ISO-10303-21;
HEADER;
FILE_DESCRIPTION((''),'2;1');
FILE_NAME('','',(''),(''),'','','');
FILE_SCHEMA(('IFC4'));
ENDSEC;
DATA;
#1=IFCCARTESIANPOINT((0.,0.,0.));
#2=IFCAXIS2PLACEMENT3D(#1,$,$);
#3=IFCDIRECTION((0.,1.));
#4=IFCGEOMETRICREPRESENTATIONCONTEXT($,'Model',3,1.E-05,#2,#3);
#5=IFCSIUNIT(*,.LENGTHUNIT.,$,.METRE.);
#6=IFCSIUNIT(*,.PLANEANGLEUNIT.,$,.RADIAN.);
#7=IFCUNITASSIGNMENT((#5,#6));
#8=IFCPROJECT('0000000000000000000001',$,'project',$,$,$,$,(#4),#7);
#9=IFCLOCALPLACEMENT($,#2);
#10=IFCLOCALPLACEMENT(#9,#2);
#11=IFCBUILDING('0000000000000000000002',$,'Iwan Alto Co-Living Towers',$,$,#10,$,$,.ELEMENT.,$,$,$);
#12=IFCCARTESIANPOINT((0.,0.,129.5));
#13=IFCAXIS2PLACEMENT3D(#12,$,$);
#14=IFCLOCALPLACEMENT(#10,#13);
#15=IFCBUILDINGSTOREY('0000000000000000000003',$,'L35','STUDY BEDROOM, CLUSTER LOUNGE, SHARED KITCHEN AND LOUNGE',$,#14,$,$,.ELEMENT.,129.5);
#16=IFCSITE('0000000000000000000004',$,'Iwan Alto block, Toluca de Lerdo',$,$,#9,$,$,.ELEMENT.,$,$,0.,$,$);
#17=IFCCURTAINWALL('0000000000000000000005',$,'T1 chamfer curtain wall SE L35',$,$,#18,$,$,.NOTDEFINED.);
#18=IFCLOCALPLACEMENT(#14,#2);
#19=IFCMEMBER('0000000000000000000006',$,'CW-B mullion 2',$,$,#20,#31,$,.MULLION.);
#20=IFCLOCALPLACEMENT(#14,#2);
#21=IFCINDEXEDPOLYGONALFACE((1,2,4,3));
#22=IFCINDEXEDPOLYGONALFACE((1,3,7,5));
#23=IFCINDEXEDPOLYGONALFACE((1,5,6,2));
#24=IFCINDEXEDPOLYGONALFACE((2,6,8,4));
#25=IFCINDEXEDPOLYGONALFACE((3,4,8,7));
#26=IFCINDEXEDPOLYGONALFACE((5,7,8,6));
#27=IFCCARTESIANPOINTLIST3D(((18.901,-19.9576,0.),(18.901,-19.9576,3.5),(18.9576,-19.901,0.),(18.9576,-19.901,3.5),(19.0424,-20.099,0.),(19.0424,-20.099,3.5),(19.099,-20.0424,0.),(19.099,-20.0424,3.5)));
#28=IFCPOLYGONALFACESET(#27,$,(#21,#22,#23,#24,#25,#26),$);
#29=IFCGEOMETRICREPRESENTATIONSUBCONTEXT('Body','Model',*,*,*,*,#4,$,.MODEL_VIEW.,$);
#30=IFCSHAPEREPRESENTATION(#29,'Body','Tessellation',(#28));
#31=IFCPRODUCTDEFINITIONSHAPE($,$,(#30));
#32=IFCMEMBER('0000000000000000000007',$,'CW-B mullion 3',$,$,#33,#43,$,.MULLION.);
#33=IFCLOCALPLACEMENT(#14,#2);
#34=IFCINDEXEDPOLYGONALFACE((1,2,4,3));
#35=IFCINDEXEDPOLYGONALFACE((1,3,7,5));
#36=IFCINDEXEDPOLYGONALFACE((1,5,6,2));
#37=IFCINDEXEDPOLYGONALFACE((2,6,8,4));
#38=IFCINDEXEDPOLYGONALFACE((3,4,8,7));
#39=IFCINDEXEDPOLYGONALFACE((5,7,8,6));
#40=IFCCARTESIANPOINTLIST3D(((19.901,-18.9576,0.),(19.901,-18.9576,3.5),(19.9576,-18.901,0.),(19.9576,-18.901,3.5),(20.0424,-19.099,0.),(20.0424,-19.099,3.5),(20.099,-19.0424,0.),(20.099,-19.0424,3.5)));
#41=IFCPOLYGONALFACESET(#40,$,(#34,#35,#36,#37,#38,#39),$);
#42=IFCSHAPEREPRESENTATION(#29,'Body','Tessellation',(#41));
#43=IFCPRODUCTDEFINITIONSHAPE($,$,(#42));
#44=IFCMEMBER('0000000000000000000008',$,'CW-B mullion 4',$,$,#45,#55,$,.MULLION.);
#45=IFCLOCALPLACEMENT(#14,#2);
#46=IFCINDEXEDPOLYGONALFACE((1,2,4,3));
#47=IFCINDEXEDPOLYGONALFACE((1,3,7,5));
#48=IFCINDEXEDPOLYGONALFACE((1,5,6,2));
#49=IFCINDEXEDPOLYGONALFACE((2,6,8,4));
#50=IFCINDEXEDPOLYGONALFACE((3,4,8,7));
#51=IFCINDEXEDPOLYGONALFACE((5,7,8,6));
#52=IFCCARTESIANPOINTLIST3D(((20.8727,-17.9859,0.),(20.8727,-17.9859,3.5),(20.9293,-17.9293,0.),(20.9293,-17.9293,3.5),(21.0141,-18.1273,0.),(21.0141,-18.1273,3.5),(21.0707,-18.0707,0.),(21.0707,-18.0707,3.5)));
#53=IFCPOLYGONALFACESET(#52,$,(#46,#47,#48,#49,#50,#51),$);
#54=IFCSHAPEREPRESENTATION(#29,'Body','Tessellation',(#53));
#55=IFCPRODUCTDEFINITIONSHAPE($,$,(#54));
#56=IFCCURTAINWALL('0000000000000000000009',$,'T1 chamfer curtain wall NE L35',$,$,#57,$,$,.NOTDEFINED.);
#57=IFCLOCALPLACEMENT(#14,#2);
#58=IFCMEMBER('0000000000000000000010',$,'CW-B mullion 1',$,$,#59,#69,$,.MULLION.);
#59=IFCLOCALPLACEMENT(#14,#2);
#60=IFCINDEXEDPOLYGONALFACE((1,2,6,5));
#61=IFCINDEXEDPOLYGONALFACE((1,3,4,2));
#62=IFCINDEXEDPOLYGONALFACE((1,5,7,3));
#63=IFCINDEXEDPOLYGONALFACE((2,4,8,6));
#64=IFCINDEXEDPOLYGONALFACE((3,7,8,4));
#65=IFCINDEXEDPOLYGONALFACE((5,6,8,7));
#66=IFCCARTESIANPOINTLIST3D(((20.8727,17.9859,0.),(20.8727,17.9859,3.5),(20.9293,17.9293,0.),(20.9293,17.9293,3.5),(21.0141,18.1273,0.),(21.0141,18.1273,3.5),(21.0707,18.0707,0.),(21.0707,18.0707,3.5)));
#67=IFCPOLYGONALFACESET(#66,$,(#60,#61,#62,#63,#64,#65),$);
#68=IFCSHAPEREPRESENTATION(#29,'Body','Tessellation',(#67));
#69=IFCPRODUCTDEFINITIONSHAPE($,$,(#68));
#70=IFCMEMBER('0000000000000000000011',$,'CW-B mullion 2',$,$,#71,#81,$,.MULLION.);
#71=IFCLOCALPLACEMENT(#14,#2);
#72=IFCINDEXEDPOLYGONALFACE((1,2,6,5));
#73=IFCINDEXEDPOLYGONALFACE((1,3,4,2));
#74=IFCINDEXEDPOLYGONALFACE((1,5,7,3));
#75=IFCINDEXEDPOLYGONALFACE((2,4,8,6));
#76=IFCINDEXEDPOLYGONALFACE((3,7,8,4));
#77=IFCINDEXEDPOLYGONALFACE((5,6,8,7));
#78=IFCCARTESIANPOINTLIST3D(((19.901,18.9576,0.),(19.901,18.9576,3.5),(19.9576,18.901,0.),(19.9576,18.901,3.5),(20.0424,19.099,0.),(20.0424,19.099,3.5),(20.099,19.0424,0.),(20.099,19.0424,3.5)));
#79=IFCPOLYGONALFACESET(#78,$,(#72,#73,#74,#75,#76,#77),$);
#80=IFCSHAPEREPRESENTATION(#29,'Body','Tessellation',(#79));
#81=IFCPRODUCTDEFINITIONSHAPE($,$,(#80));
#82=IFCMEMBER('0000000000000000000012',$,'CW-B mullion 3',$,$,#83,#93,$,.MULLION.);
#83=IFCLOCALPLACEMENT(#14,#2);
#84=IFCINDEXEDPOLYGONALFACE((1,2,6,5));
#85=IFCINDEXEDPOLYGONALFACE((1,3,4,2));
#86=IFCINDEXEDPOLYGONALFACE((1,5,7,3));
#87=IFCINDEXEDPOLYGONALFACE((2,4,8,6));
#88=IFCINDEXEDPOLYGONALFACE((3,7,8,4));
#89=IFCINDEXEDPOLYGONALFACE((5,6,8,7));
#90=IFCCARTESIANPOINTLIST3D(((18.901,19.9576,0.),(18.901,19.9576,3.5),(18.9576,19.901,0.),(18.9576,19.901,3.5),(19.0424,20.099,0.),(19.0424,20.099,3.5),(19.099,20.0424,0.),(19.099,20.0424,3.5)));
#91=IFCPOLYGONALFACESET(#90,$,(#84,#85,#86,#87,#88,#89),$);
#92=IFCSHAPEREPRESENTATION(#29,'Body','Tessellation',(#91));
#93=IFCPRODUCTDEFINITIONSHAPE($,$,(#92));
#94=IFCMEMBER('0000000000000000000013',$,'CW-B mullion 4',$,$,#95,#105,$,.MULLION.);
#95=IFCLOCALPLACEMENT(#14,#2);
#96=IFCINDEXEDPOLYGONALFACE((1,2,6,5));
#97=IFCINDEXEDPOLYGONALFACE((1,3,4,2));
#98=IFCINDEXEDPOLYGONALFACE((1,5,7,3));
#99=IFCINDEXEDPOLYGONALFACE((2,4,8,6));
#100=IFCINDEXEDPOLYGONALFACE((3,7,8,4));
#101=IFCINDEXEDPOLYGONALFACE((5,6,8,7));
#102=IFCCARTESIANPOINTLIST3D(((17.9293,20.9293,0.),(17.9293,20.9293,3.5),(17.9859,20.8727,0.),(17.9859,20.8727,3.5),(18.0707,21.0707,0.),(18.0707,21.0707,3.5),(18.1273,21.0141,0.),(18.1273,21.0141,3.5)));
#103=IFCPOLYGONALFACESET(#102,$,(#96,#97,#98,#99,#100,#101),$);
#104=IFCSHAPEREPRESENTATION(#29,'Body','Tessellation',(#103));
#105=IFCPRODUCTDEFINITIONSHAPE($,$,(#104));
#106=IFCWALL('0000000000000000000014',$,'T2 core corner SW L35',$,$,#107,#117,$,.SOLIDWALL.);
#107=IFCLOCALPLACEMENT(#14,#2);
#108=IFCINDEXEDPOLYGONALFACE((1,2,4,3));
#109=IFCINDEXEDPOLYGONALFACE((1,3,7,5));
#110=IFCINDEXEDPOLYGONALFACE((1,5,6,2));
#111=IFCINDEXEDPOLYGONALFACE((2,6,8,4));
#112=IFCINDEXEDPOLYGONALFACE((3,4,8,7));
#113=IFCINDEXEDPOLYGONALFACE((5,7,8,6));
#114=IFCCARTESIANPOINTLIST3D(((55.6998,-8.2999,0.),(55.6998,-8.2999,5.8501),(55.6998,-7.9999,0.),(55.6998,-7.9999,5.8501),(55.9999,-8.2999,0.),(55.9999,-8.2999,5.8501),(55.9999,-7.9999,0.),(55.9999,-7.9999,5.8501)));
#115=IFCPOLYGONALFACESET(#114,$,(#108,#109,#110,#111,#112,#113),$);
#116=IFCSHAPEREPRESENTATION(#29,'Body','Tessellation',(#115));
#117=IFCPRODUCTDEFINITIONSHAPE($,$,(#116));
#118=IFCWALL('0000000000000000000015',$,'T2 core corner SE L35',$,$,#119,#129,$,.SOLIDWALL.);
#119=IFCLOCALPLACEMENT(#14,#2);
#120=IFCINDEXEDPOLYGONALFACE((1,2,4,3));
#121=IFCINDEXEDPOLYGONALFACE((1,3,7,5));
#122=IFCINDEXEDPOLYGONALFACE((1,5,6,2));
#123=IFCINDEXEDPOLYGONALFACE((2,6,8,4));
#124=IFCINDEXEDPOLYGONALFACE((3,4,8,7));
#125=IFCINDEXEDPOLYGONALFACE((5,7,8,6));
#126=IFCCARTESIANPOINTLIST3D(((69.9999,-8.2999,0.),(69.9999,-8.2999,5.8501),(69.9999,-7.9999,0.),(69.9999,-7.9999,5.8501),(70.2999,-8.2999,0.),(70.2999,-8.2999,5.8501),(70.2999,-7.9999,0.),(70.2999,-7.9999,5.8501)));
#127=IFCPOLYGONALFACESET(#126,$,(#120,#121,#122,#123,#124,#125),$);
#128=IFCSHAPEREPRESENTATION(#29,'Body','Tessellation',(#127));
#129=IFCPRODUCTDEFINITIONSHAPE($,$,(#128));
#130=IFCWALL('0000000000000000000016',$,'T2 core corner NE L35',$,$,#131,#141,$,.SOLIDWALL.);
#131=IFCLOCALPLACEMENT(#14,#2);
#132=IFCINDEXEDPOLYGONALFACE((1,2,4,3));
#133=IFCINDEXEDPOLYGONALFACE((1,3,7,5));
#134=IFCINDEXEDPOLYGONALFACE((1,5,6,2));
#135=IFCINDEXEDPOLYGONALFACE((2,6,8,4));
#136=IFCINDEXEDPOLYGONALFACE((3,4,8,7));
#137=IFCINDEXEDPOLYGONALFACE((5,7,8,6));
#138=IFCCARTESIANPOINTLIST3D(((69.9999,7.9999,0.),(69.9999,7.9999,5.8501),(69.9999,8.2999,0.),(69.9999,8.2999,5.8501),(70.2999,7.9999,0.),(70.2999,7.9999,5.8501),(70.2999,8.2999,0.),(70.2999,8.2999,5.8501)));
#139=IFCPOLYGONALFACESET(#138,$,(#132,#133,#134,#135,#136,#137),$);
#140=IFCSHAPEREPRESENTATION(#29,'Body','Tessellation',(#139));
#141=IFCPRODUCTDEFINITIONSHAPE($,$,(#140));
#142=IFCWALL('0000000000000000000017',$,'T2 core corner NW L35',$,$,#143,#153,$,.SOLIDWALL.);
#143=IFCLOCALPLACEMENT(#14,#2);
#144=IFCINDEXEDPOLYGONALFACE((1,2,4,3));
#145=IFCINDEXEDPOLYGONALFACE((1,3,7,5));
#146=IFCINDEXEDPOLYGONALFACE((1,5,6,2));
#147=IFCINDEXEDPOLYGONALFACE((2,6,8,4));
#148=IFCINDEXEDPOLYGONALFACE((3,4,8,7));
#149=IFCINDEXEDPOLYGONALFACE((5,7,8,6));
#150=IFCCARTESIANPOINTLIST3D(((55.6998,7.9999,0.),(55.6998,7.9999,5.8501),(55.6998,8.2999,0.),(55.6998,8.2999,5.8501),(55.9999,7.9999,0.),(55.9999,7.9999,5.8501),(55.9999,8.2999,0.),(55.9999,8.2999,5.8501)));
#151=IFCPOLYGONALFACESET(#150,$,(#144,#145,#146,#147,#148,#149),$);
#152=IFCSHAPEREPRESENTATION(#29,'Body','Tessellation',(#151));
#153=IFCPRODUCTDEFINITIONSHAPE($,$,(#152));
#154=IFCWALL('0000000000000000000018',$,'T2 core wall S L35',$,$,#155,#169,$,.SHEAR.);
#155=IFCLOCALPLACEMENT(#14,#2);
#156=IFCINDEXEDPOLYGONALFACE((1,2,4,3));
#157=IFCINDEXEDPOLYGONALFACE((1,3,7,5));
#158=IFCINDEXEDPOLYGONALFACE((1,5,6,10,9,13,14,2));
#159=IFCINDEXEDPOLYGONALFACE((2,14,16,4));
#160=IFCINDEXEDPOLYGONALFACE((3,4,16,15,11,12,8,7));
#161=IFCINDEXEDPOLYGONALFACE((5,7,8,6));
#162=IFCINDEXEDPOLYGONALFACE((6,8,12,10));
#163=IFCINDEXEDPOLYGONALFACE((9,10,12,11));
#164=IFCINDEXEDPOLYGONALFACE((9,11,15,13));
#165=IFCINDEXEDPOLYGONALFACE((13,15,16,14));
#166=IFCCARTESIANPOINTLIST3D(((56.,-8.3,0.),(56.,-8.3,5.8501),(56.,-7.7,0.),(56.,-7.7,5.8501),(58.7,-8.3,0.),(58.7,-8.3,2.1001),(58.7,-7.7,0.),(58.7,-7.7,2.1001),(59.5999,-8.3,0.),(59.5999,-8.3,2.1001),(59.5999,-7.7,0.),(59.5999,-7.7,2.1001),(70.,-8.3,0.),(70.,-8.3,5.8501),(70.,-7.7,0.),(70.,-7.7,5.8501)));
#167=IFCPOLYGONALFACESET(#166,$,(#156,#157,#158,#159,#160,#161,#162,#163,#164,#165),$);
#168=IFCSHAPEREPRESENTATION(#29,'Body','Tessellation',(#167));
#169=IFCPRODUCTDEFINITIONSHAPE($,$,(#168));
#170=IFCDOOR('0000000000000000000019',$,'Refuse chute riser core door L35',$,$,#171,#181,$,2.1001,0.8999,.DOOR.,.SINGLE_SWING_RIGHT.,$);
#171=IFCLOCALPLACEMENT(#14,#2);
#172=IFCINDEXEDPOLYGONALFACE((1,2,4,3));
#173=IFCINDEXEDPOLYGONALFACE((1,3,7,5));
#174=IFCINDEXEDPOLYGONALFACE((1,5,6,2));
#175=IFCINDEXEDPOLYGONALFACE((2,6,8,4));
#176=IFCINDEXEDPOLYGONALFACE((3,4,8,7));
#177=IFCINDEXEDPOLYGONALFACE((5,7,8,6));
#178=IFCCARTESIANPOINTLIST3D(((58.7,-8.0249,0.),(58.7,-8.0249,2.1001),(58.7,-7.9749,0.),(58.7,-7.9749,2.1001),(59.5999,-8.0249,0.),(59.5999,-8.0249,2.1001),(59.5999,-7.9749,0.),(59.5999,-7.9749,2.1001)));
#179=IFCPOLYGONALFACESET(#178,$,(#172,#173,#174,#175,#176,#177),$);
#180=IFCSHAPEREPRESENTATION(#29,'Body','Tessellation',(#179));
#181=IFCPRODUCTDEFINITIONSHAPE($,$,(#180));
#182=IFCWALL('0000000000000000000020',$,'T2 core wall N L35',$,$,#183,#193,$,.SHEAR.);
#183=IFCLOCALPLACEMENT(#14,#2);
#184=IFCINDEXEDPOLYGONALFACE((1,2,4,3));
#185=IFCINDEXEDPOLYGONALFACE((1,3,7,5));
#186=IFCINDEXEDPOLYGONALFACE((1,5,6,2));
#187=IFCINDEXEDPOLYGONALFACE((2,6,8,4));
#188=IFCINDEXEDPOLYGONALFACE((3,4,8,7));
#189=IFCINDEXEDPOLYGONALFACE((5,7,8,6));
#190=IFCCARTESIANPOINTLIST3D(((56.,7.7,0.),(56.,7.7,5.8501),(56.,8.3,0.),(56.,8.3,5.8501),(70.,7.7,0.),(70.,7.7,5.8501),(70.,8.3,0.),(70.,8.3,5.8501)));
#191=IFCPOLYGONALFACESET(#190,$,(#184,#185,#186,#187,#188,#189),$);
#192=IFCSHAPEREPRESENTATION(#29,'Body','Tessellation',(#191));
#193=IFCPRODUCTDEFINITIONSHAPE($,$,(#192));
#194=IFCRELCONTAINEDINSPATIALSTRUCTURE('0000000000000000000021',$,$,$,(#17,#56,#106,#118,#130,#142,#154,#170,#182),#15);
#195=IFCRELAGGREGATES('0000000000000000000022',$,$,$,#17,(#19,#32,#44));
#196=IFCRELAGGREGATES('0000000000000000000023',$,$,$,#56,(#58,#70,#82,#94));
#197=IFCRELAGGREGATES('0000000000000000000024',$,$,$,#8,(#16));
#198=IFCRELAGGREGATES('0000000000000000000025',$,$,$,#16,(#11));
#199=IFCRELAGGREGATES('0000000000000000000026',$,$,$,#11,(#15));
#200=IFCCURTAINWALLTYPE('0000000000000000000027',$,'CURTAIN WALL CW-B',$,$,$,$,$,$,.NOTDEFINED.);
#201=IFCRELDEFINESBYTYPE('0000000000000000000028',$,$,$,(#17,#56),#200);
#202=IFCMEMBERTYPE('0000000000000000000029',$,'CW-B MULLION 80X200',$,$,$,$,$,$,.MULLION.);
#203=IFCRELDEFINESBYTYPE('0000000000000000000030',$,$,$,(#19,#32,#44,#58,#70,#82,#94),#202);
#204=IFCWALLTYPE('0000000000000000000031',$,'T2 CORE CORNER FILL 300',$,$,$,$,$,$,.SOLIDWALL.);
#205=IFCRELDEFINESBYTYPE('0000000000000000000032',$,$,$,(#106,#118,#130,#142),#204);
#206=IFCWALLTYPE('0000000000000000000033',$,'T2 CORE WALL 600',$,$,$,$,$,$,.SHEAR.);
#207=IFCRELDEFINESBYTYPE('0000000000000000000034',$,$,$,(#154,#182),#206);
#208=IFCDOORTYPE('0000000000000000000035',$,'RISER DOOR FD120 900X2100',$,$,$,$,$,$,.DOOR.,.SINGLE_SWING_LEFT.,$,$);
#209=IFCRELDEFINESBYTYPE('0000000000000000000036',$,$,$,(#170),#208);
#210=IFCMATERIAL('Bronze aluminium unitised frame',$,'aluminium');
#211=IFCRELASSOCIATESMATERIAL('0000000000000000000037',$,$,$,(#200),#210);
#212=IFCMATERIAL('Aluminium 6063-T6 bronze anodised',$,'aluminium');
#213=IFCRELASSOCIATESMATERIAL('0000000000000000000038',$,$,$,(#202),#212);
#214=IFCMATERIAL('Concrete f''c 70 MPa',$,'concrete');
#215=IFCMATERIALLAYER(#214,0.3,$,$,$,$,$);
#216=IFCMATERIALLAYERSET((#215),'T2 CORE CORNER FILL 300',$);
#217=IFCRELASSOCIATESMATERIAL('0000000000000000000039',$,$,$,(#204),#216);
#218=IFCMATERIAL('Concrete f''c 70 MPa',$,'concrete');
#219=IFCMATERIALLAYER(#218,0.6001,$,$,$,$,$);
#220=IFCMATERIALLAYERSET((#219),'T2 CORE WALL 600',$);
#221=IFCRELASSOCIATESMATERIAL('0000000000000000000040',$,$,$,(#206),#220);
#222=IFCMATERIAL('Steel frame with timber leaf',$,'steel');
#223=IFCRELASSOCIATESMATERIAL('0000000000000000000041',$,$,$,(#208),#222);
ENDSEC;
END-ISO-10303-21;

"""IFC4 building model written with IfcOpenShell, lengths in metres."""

from ifc_helpers import new_model, si_unit, direction, frame, frame_2d, origin, origin_2d, place, context, subcontext, project, spatial, rectangle, extrude, material, layer, layer_set, material_profile, profile_set, type_object, element, fill, aggregate, save


model = new_model("IFC4")

# Units and contexts
model_context = context("Model", 3, precision=1e-05, world=origin(), true_north=direction((0.0, 1.0)))
body_context = subcontext(model_context, "Body", "Model", "MODEL_VIEW")
ifc_project = project(units=[si_unit("LENGTHUNIT", "METRE"), si_unit("PLANEANGLEUNIT", "RADIAN")], contexts=[model_context])

# Site, building, storey
site_placement = place(None, origin())
site = spatial("IfcSite", under=ifc_project, at=site_placement, Name="Iwan Alto block, Toluca de Lerdo", CompositionType="ELEMENT", RefElevation=0.0)
building_placement = place(site_placement, origin())
building = spatial("IfcBuilding", under=site, at=building_placement, Name="Iwan Alto Co-Living Towers", CompositionType="ELEMENT")
storey_placement = place(building_placement, frame((0.0, 0.0, 129.5)))
storey = spatial("IfcBuildingStorey", under=building, at=storey_placement, Name="L35", Description="STUDY BEDROOM, CLUSTER LOUNGE, SHARED KITCHEN AND LOUNGE", CompositionType="ELEMENT", Elevation=129.5)

# Curtain walls, members
ifc_material_1 = material(Name="Bronze aluminium unitised frame", Category="aluminium")
curtain_wall_type_1 = type_object("IfcCurtainWallType", Name="CURTAIN WALL CW-B", PredefinedType="NOTDEFINED", material=ifc_material_1)
curtain_wall_1_placement = place(storey_placement, origin())
curtain_wall_1 = element("IfcCurtainWall", 1, at=curtain_wall_1_placement, inside=storey, type_object=curtain_wall_type_1, Name="T1 chamfer curtain wall SE L35", PredefinedType="NOTDEFINED")
ifc_material_2 = material(Name="Aluminium 6063-T6 bronze anodised", Category="aluminium")
ifc_material_profile_1 = material_profile(ifc_material_2, rectangle(XDim=0.2, YDim=0.0801, at=origin_2d()), Name="AL 80X200")
ifc_profile_set_1 = profile_set([ifc_material_profile_1], Name="Aluminium 6063-T6 bronze anodised")
member_type_1 = type_object("IfcMemberType", Name="CW-B MULLION 80X200", PredefinedType="MULLION", material=ifc_profile_set_1)
member_1_placement = place(storey_placement, frame((19.0, -20.0, 0.0), z_axis=(0.0, 0.0, 1.0), x_axis=(-0.707107, 0.707107, 0.0)))
member_1 = element("IfcMember", 2, at=member_1_placement, type_object=member_type_1, Name="CW-B mullion 2", PredefinedType="MULLION", context=body_context, shape_type="SweptSolid", body=[
    extrude(rectangle(XDim=0.2, YDim=0.0801, at=origin_2d()), origin(), (0.0, 0.0, 1.0), 3.5),
])
member_2_placement = place(storey_placement, frame((20.0, -19.0, 0.0), z_axis=(0.0, 0.0, 1.0), x_axis=(-0.707107, 0.707107, 0.0)))
member_2 = element("IfcMember", 3, at=member_2_placement, type_object=member_type_1, Name="CW-B mullion 3", PredefinedType="MULLION", context=body_context, shape_type="SweptSolid", body=[
    extrude(rectangle(XDim=0.2, YDim=0.0801, at=origin_2d()), origin(), (0.0, 0.0, 1.0), 3.5),
])
member_3_placement = place(storey_placement, frame((20.9717, -18.0283, 0.0), z_axis=(0.0, 0.0, 1.0), x_axis=(-0.707107, 0.707107, 0.0)))
member_3 = element("IfcMember", 4, at=member_3_placement, type_object=member_type_1, Name="CW-B mullion 4", PredefinedType="MULLION", context=body_context, shape_type="SweptSolid", body=[
    extrude(rectangle(XDim=0.2, YDim=0.0801, at=origin_2d()), origin(), (0.0, 0.0, 1.0), 3.5),
])
aggregate(curtain_wall_1, [member_1, member_2, member_3])
curtain_wall_2_placement = place(storey_placement, origin())
curtain_wall_2 = element("IfcCurtainWall", 5, at=curtain_wall_2_placement, inside=storey, type_object=curtain_wall_type_1, Name="T1 chamfer curtain wall NE L35", PredefinedType="NOTDEFINED")
member_4_placement = place(storey_placement, frame((20.9717, 18.0283, 0.0), z_axis=(0.0, 0.0, 1.0), x_axis=(-0.707107, -0.707107, 0.0)))
member_4 = element("IfcMember", 6, at=member_4_placement, type_object=member_type_1, Name="CW-B mullion 1", PredefinedType="MULLION", context=body_context, shape_type="SweptSolid", body=[
    extrude(rectangle(XDim=0.2, YDim=0.0801, at=origin_2d()), origin(), (0.0, 0.0, 1.0), 3.5),
])
member_5_placement = place(storey_placement, frame((20.0, 19.0, 0.0), z_axis=(0.0, 0.0, 1.0), x_axis=(-0.707107, -0.707107, 0.0)))
member_5 = element("IfcMember", 7, at=member_5_placement, type_object=member_type_1, Name="CW-B mullion 2", PredefinedType="MULLION", context=body_context, shape_type="SweptSolid", body=[
    extrude(rectangle(XDim=0.2, YDim=0.0801, at=origin_2d()), origin(), (0.0, 0.0, 1.0), 3.5),
])
member_6_placement = place(storey_placement, frame((19.0, 20.0, 0.0), z_axis=(0.0, 0.0, 1.0), x_axis=(-0.707107, -0.707107, 0.0)))
member_6 = element("IfcMember", 8, at=member_6_placement, type_object=member_type_1, Name="CW-B mullion 3", PredefinedType="MULLION", context=body_context, shape_type="SweptSolid", body=[
    extrude(rectangle(XDim=0.2, YDim=0.0801, at=origin_2d()), origin(), (0.0, 0.0, 1.0), 3.5),
])
member_7_placement = place(storey_placement, frame((18.0283, 20.9717, 0.0), z_axis=(0.0, 0.0, 1.0), x_axis=(-0.707107, -0.707107, 0.0)))
member_7 = element("IfcMember", 9, at=member_7_placement, type_object=member_type_1, Name="CW-B mullion 4", PredefinedType="MULLION", context=body_context, shape_type="SweptSolid", body=[
    extrude(rectangle(XDim=0.2, YDim=0.0801, at=origin_2d()), origin(), (0.0, 0.0, 1.0), 3.5),
])
aggregate(curtain_wall_2, [member_4, member_5, member_6, member_7])

# Walls
ifc_material_3 = material(Name="Concrete f'c 70 MPa", Category="concrete")
ifc_layer_1 = layer(ifc_material_3, 0.3)
ifc_layer_set_1 = layer_set([ifc_layer_1], Name="T2 CORE CORNER FILL 300")
wall_type_1 = type_object("IfcWallType", Name="T2 CORE CORNER FILL 300", PredefinedType="SOLIDWALL", material=ifc_layer_set_1)
for number, where, z_axis, x_axis, name in (
    (10, (55.7, -8.1499, 0.0), (0.0, 0.0, 1.0), (1.0, 0.0, 0.0), "T2 core corner SW L35"),
    (11, (70.0, -8.1499, 0.0), (0.0, 0.0, 1.0), (1.0, 0.0, 0.0), "T2 core corner SE L35"),
    (12, (70.0, 8.1499, 0.0), (0.0, 0.0, 1.0), (1.0, 0.0, 0.0), "T2 core corner NE L35"),
    (13, (55.7, 8.1499, 0.0), (0.0, 0.0, 1.0), (1.0, 0.0, 0.0), "T2 core corner NW L35"),
):
    element("IfcWall", number, at=place(storey_placement, frame(where, z_axis=z_axis, x_axis=x_axis)), inside=storey, type_object=wall_type_1, Name=name, PredefinedType="SOLIDWALL", context=body_context, shape_type="SweptSolid", body=[
        extrude(rectangle(XDim=0.3, YDim=0.3, at=frame_2d((0.1499, 0.0))), origin(), (0.0, 0.0, 1.0), 5.8501),
    ])

# Wall, opening, door
ifc_material_4 = material(Name="Concrete f'c 70 MPa", Category="concrete")
ifc_layer_2 = layer(ifc_material_4, 0.6001)
ifc_layer_set_2 = layer_set([ifc_layer_2], Name="T2 CORE WALL 600")
wall_type_2 = type_object("IfcWallType", Name="T2 CORE WALL 600", PredefinedType="SHEAR", material=ifc_layer_set_2)
wall_1_placement = place(storey_placement, frame((56.0, -8.0, 0.0), z_axis=(0.0, 0.0, 1.0), x_axis=(1.0, 0.0, 0.0)))
wall_1 = element("IfcWall", 14, at=wall_1_placement, inside=storey, type_object=wall_type_2, Name="T2 core wall S L35", PredefinedType="SHEAR", context=body_context, shape_type="SweptSolid", body=[
    extrude(rectangle(XDim=14.0, YDim=0.6001, at=frame_2d((7.0, 0.0))), origin(), (0.0, 0.0, 1.0), 5.8501),
])
opening_1_placement = place(wall_1_placement, frame((2.7, 0.0, 0.0)))
opening_1 = element("IfcOpeningElement", 15, at=opening_1_placement, cuts=wall_1, PredefinedType="OPENING", context=body_context, shape_type="SweptSolid", body=[
    extrude(rectangle(XDim=0.8999, YDim=2.1001, at=frame_2d((0.45, 1.05))), frame((0.0, 0.3101, 0.0), z_axis=(0.0, -1.0, 0.0), x_axis=(1.0, 0.0, 0.0)), (0.0, 0.0, 1.0), 0.6201),
])
ifc_material_5 = material(Name="Steel frame with timber leaf", Category="steel")
door_type_1 = type_object("IfcDoorType", Name="RISER DOOR FD120 900X2100", OperationType="SINGLE_SWING_LEFT", PredefinedType="DOOR", material=ifc_material_5)
door_1_placement = place(opening_1_placement, frame((0.8999, 0.0, 0.0), z_axis=(0.0, 0.0, 1.0), x_axis=(-1.0, 0.0, 0.0)))
door_1 = element("IfcDoor", 16, at=door_1_placement, inside=storey, type_object=door_type_1, Name="Refuse chute riser core door L35", OperationType="SINGLE_SWING_RIGHT", OverallHeight=2.1001, OverallWidth=0.8999, PredefinedType="DOOR", context=body_context, shape_type="SweptSolid", body=[
    extrude(rectangle(XDim=0.8999, YDim=2.1001, at=frame_2d((0.45, 1.05))), frame((0.0, 0.0249, 0.0), z_axis=(0.0, -1.0, 0.0), x_axis=(1.0, 0.0, 0.0)), (0.0, 0.0, 1.0), 0.05),
])
fill(opening_1, door_1)

# Wall
wall_2_placement = place(storey_placement, frame((70.0, 8.0, 0.0), z_axis=(0.0, 0.0, 1.0), x_axis=(-1.0, 0.0, 0.0)))
element("IfcWall", 17, at=wall_2_placement, inside=storey, type_object=wall_type_2, Name="T2 core wall N L35", PredefinedType="SHEAR", context=body_context, shape_type="SweptSolid", body=[
    extrude(rectangle(XDim=14.0, YDim=0.6001, at=frame_2d((7.0, 0.0))), origin(), (0.0, 0.0, 1.0), 5.8501),
])

save(model, "model.ifc")
